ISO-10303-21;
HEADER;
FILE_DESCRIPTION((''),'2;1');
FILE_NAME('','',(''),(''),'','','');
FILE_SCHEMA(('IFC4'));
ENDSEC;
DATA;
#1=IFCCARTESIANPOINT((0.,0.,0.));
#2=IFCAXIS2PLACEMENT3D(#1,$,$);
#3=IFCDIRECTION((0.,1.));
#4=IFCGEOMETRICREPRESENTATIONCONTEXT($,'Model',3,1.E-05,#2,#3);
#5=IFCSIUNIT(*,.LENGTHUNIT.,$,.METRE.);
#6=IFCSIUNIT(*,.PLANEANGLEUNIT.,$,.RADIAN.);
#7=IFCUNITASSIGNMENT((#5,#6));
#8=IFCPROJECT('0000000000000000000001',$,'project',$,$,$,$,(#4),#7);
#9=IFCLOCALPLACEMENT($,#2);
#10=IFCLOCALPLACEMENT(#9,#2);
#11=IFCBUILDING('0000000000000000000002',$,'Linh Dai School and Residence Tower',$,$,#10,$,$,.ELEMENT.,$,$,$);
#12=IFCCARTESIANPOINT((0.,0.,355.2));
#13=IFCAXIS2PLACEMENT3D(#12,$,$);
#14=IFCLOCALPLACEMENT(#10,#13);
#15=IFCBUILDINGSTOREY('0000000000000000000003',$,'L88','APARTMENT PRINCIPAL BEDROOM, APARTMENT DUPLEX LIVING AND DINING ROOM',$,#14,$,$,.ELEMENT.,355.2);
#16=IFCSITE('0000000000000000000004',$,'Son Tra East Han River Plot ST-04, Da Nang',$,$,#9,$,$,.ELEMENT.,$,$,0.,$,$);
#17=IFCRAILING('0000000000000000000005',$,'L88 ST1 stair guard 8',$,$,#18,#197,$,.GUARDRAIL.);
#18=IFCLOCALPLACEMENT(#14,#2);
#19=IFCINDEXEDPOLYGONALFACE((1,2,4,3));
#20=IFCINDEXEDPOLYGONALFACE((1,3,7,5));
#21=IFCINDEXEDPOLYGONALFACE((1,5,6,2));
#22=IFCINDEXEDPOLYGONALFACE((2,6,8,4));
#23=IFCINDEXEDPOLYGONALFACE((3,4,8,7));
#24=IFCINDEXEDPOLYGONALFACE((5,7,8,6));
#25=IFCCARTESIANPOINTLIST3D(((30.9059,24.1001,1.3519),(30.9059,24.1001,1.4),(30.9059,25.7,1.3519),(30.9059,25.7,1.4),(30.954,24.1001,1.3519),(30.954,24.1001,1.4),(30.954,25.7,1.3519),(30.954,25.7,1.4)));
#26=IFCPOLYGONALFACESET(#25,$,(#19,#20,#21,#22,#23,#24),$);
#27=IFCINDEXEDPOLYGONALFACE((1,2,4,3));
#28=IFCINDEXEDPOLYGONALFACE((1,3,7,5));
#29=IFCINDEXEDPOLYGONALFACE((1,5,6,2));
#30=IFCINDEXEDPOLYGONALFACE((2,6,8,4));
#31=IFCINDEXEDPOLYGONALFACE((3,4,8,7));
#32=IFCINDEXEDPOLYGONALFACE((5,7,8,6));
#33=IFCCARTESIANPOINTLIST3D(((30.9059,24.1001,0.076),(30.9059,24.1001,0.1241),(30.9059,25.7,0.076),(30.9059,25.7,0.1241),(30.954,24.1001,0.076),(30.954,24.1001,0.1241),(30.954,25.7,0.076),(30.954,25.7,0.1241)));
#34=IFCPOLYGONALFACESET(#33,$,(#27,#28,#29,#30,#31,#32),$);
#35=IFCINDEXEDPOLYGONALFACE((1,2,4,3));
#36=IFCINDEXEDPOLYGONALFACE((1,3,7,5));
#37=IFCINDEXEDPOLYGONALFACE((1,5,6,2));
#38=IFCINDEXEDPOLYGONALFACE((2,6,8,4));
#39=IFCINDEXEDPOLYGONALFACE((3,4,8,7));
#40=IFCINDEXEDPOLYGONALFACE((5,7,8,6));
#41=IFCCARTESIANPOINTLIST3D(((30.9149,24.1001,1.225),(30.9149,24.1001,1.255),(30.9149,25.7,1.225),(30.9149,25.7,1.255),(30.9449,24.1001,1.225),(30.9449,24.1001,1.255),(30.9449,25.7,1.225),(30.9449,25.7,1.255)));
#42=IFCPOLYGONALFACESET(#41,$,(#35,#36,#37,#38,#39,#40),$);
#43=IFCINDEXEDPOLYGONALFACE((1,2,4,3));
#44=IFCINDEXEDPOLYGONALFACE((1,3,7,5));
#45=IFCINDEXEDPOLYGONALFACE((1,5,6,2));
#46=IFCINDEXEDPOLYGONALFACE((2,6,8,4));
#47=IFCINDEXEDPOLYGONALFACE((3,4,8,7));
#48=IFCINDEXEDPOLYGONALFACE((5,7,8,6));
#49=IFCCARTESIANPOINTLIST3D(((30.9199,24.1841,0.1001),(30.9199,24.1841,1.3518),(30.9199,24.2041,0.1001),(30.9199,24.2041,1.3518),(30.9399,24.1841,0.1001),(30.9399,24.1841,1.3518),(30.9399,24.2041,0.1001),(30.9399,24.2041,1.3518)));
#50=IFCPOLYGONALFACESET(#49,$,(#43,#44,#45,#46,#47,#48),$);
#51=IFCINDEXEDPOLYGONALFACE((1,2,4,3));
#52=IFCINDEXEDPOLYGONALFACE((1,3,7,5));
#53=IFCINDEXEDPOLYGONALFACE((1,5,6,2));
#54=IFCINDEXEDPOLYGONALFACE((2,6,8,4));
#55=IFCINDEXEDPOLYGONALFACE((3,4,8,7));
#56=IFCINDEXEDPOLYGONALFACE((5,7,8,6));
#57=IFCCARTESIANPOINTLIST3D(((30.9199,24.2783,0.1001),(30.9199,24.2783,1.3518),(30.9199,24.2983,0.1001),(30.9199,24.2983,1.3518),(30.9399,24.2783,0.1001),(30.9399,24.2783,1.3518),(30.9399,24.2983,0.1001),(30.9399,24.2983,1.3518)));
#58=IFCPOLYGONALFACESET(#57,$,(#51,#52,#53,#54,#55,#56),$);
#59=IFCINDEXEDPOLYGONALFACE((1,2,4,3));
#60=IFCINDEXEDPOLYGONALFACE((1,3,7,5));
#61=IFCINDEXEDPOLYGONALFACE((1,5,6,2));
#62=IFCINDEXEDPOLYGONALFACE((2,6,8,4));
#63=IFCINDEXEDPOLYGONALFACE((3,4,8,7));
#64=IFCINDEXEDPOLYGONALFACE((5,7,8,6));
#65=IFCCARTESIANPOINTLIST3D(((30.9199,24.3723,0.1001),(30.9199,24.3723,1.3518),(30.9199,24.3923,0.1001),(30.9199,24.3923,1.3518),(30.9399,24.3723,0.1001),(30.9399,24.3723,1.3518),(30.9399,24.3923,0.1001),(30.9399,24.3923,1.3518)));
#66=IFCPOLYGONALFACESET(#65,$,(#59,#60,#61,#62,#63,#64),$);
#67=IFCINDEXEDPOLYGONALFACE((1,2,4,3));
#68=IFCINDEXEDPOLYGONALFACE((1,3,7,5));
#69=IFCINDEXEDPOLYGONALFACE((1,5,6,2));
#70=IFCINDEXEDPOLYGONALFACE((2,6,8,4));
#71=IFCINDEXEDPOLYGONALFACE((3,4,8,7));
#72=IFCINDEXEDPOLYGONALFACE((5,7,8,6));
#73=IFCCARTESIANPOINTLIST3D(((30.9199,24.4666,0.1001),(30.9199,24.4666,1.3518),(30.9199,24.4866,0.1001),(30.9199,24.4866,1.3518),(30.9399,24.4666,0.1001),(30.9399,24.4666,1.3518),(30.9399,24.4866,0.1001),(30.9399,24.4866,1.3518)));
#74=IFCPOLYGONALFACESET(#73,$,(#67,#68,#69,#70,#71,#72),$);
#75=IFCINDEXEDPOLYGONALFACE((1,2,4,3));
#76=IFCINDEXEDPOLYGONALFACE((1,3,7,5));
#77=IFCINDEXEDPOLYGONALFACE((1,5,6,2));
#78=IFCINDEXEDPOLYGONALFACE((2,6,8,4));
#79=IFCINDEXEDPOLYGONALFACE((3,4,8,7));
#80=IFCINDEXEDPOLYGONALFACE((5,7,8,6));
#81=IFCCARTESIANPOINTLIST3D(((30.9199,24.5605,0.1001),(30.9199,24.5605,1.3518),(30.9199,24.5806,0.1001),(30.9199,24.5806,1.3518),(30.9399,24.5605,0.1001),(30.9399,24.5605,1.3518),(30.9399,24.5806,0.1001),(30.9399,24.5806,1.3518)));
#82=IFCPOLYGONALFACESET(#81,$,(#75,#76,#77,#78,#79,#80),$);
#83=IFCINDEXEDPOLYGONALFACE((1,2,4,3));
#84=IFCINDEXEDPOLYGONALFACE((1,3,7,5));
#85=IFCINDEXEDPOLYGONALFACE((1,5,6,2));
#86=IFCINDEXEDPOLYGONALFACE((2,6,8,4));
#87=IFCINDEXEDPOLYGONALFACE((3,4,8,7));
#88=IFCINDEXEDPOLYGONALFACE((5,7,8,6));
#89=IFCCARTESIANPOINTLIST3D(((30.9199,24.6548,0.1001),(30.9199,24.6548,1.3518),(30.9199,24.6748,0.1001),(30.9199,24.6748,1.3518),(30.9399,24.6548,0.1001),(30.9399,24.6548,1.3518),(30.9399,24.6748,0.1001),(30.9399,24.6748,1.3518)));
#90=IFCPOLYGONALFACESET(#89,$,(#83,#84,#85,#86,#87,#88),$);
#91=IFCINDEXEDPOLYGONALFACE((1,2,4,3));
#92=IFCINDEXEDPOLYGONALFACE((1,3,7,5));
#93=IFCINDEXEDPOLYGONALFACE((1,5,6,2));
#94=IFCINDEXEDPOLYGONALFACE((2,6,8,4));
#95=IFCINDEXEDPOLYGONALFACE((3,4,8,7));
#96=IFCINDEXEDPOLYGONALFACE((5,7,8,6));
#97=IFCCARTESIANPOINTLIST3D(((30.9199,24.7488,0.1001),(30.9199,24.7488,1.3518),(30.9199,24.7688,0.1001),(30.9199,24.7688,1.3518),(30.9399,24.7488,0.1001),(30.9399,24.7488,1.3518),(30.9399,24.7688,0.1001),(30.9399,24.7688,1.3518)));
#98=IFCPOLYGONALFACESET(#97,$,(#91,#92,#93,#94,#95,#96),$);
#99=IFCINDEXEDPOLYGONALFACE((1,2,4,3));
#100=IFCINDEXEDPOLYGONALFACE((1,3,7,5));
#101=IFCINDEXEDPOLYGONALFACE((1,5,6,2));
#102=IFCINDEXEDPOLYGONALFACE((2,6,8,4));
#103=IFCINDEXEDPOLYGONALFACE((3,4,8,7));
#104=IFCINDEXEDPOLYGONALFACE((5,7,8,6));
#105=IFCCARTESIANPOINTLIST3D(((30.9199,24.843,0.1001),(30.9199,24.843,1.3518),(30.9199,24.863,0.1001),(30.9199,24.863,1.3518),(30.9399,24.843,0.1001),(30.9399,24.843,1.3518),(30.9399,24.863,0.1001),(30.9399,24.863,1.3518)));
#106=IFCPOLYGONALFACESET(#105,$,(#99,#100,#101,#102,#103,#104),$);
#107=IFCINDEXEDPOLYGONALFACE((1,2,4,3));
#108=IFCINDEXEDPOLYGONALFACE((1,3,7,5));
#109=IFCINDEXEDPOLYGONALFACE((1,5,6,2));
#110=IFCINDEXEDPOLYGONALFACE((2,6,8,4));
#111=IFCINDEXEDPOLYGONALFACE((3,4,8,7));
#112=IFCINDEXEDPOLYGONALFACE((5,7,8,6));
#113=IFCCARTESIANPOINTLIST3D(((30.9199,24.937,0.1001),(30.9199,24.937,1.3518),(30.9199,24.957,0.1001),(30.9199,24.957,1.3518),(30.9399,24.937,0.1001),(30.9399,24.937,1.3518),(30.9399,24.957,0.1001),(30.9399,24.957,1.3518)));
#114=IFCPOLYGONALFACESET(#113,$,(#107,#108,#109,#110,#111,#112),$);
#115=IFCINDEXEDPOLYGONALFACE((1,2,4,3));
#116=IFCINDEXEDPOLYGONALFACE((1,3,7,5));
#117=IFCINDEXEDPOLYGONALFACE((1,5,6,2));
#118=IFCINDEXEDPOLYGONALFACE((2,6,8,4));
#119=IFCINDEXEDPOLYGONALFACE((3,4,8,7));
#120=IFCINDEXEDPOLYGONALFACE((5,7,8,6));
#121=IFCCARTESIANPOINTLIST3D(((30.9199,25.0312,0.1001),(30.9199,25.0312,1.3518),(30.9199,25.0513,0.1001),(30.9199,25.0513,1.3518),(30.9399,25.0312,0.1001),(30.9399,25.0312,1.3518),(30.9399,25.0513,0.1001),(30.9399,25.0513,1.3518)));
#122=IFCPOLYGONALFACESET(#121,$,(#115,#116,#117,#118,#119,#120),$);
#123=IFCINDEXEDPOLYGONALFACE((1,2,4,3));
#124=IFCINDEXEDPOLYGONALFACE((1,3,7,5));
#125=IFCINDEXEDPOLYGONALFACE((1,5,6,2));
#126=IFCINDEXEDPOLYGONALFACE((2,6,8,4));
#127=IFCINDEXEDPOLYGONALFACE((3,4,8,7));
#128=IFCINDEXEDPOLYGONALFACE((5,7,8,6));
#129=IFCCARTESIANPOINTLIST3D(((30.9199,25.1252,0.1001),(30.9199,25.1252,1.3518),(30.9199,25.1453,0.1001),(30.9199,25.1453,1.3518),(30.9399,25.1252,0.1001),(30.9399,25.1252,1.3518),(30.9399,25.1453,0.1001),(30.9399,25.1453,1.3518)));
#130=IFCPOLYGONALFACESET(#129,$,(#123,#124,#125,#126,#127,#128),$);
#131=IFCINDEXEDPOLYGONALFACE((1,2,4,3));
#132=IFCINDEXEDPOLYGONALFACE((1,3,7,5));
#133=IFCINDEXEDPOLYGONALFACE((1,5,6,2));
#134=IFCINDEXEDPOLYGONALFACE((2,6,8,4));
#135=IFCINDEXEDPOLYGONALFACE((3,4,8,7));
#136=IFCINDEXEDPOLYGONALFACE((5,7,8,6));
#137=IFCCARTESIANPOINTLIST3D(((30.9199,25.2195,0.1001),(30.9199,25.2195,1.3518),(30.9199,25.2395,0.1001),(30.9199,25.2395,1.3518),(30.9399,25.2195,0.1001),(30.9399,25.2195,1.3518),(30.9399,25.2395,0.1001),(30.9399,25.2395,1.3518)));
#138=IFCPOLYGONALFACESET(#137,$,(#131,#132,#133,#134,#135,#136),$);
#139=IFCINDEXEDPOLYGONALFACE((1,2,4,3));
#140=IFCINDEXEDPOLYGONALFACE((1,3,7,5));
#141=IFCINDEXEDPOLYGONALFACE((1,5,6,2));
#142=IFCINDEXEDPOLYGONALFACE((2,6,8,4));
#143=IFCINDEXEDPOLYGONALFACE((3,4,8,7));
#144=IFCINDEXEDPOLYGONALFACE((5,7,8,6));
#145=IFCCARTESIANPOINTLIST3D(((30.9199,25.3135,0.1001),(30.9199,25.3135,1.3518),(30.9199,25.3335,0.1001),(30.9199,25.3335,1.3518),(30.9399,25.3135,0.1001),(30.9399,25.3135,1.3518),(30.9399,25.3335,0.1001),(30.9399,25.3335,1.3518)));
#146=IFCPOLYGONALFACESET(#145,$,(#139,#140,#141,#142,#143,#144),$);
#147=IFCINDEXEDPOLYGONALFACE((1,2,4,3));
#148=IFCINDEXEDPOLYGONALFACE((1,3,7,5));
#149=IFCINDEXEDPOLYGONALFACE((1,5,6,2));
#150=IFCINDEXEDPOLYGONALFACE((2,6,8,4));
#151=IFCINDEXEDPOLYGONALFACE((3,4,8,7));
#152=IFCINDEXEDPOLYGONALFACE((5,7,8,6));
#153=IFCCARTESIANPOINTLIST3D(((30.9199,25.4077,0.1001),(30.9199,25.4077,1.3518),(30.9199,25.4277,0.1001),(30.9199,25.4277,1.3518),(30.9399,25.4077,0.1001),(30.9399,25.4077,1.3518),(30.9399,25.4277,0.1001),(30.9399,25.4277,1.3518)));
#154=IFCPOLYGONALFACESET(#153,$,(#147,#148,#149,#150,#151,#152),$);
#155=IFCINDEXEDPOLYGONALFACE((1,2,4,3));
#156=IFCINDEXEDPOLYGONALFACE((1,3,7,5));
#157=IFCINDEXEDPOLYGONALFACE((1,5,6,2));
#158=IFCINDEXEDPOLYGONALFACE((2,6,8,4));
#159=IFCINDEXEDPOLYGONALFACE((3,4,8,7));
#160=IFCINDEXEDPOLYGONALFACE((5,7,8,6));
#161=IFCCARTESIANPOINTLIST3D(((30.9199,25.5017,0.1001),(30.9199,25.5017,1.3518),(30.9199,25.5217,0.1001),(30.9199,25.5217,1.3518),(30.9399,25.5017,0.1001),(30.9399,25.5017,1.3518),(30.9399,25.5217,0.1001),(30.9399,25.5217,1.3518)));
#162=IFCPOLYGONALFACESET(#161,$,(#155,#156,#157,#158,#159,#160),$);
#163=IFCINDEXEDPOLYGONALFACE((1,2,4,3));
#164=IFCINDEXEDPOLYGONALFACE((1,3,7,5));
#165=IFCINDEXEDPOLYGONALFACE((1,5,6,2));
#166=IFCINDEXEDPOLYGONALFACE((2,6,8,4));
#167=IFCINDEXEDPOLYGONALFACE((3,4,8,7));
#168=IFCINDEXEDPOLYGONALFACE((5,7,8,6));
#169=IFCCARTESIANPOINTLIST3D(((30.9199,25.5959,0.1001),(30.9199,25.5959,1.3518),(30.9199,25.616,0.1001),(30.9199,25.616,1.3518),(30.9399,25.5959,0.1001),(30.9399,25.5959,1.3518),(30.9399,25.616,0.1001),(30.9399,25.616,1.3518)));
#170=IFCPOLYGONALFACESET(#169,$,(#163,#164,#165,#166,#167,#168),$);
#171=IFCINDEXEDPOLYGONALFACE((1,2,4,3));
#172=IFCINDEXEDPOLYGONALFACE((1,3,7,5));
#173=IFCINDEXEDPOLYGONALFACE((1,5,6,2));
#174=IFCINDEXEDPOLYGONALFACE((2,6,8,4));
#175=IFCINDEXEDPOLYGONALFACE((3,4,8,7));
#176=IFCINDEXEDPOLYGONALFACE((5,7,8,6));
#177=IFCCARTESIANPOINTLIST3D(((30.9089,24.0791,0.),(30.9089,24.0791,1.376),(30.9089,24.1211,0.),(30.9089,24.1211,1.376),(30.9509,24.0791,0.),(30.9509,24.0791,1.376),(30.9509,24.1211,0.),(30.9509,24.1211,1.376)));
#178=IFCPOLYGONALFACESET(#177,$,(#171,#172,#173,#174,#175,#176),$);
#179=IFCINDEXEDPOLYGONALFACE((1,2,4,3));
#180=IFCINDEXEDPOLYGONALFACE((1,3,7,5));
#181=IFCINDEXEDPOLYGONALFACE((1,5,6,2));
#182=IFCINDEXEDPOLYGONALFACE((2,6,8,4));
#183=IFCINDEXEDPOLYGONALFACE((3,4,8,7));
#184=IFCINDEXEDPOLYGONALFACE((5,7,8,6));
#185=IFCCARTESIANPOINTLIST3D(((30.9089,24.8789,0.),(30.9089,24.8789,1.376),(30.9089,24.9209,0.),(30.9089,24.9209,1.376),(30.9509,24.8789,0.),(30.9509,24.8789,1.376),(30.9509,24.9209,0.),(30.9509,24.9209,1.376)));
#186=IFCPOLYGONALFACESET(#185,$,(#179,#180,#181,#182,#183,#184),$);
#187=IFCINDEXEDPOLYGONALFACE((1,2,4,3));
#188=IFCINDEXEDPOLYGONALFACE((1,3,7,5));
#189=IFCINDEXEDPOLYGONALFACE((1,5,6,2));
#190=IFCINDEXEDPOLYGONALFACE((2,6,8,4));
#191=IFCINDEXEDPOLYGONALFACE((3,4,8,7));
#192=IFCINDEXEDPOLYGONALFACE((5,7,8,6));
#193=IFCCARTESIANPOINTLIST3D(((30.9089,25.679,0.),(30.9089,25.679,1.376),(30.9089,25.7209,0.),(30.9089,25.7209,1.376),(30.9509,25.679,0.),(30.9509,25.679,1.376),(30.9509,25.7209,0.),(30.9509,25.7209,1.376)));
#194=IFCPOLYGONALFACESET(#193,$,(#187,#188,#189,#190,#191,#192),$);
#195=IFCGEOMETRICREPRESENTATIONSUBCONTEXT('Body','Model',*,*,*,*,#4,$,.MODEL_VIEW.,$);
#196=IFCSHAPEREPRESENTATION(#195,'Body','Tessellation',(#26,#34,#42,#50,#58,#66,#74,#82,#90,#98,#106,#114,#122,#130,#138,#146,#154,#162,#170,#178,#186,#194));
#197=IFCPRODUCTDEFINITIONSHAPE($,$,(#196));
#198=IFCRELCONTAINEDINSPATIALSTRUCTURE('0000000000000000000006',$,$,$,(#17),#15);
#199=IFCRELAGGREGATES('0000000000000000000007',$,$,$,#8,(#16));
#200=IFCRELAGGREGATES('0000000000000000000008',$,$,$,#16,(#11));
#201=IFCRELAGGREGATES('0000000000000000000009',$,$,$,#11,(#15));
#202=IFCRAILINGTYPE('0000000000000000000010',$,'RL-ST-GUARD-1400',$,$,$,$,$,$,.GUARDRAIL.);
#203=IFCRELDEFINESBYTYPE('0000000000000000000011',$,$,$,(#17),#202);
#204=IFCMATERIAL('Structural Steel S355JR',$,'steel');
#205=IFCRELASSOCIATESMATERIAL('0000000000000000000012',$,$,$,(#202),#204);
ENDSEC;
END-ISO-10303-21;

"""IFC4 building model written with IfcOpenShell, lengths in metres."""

from ifc_helpers import new_model, si_unit, direction, frame, origin, origin_2d, place, context, subcontext, project, spatial, rectangle, extrude, source, transform, mapped, material, type_object, element, save


model = new_model("IFC4")

# Units and contexts
model_context = context("Model", 3, precision=1e-05, world=origin(), true_north=direction((0.0, 1.0)))
body_context = subcontext(model_context, "Body", "Model", "MODEL_VIEW")
ifc_project = project(units=[si_unit("LENGTHUNIT", "METRE"), si_unit("PLANEANGLEUNIT", "RADIAN")], contexts=[model_context])

# Site, building, storey
site_placement = place(None, origin())
site = spatial("IfcSite", under=ifc_project, at=site_placement, Name="Son Tra East Han River Plot ST-04, Da Nang", CompositionType="ELEMENT", RefElevation=0.0)
building_placement = place(site_placement, origin())
building = spatial("IfcBuilding", under=site, at=building_placement, Name="Linh Dai School and Residence Tower", CompositionType="ELEMENT")
storey_placement = place(building_placement, frame((0.0, 0.0, 355.2)))
storey = spatial("IfcBuildingStorey", under=building, at=storey_placement, Name="L88", Description="APARTMENT PRINCIPAL BEDROOM, APARTMENT DUPLEX LIVING AND DINING ROOM", CompositionType="ELEMENT", Elevation=355.2)

# Shared definitions
ifc_material_1 = material(Name="Structural Steel S355JR", Category="steel")

# Railing
railing_type_1 = type_object("IfcRailingType", Name="RL-ST-GUARD-1400", PredefinedType="GUARDRAIL", material=ifc_material_1)
shared_shape_1 = source(origin(), body_context, "Body", "SweptSolid", [
    extrude(rectangle(XDim=0.0481, YDim=0.0481, at=origin_2d()), frame((0.0, 0.0, 1.376), z_axis=(0.0, 1.0, 0.0), x_axis=(-1.0, 0.0, 0.0)), (0.0, 0.0, 1.0), 1.5999),
    extrude(rectangle(XDim=0.0481, YDim=0.0481, at=origin_2d()), frame((0.0, 0.0, 0.1001), z_axis=(0.0, 1.0, 0.0), x_axis=(-1.0, 0.0, 0.0)), (0.0, 0.0, 1.0), 1.5999),
    extrude(rectangle(XDim=0.03, YDim=0.03, at=origin_2d()), frame((0.0, 0.0, 1.24), z_axis=(0.0, 1.0, 0.0), x_axis=(-1.0, 0.0, 0.0)), (0.0, 0.0, 1.0), 1.5999),
    extrude(rectangle(XDim=0.02, YDim=0.02, at=origin_2d()), frame((0.0, 0.094, 0.1001)), (0.0, 0.0, 1.0), 1.2517),
    extrude(rectangle(XDim=0.02, YDim=0.02, at=origin_2d()), frame((0.0, 0.1882, 0.1001)), (0.0, 0.0, 1.0), 1.2517),
    extrude(rectangle(XDim=0.02, YDim=0.02, at=origin_2d()), frame((0.0, 0.2822, 0.1001)), (0.0, 0.0, 1.0), 1.2517),
    extrude(rectangle(XDim=0.02, YDim=0.02, at=origin_2d()), frame((0.0, 0.3765, 0.1001)), (0.0, 0.0, 1.0), 1.2517),
    extrude(rectangle(XDim=0.02, YDim=0.02, at=origin_2d()), frame((0.0, 0.4705, 0.1001)), (0.0, 0.0, 1.0), 1.2517),
    extrude(rectangle(XDim=0.02, YDim=0.02, at=origin_2d()), frame((0.0, 0.5647, 0.1001)), (0.0, 0.0, 1.0), 1.2517),
    extrude(rectangle(XDim=0.02, YDim=0.02, at=origin_2d()), frame((0.0, 0.6587, 0.1001)), (0.0, 0.0, 1.0), 1.2517),
    extrude(rectangle(XDim=0.02, YDim=0.02, at=origin_2d()), frame((0.0, 0.7529, 0.1001)), (0.0, 0.0, 1.0), 1.2517),
    extrude(rectangle(XDim=0.02, YDim=0.02, at=origin_2d()), frame((0.0, 0.8469, 0.1001)), (0.0, 0.0, 1.0), 1.2517),
    extrude(rectangle(XDim=0.02, YDim=0.02, at=origin_2d()), frame((0.0, 0.9412, 0.1001)), (0.0, 0.0, 1.0), 1.2517),
    extrude(rectangle(XDim=0.02, YDim=0.02, at=origin_2d()), frame((0.0, 1.0352, 0.1001)), (0.0, 0.0, 1.0), 1.2517),
    extrude(rectangle(XDim=0.02, YDim=0.02, at=origin_2d()), frame((0.0, 1.1294, 0.1001)), (0.0, 0.0, 1.0), 1.2517),
    extrude(rectangle(XDim=0.02, YDim=0.02, at=origin_2d()), frame((0.0, 1.2234, 0.1001)), (0.0, 0.0, 1.0), 1.2517),
    extrude(rectangle(XDim=0.02, YDim=0.02, at=origin_2d()), frame((0.0, 1.3176, 0.1001)), (0.0, 0.0, 1.0), 1.2517),
    extrude(rectangle(XDim=0.02, YDim=0.02, at=origin_2d()), frame((0.0, 1.4116, 0.1001)), (0.0, 0.0, 1.0), 1.2517),
    extrude(rectangle(XDim=0.02, YDim=0.02, at=origin_2d()), frame((0.0, 1.5059, 0.1001)), (0.0, 0.0, 1.0), 1.2517),
    extrude(rectangle(XDim=0.042, YDim=0.042, at=origin_2d()), origin(), (0.0, 0.0, 1.0), 1.376),
    extrude(rectangle(XDim=0.042, YDim=0.042, at=origin_2d()), frame((0.0, 0.7998, 0.0)), (0.0, 0.0, 1.0), 1.376),
    extrude(rectangle(XDim=0.042, YDim=0.042, at=origin_2d()), frame((0.0, 1.5999, 0.0)), (0.0, 0.0, 1.0), 1.376),
])
for number, where, name in (
    (1, (30.9299, 24.1001, 0.0), "L88 ST1 stair guard 8"),
):
    element("IfcRailing", number, at=place(storey_placement, frame(where)), inside=storey, type_object=railing_type_1, Name=name, PredefinedType="GUARDRAIL", context=body_context, shape_type="MappedRepresentation", body=[
        mapped(shared_shape_1, transform((0.0, 0.0, 0.0), x_axis=(1.0, 0.0, 0.0), y_axis=(0.0, 1.0, 0.0), z_axis=(0.0, 0.0, 1.0), scale=1.0)),
    ])

save(model, "model.ifc")
